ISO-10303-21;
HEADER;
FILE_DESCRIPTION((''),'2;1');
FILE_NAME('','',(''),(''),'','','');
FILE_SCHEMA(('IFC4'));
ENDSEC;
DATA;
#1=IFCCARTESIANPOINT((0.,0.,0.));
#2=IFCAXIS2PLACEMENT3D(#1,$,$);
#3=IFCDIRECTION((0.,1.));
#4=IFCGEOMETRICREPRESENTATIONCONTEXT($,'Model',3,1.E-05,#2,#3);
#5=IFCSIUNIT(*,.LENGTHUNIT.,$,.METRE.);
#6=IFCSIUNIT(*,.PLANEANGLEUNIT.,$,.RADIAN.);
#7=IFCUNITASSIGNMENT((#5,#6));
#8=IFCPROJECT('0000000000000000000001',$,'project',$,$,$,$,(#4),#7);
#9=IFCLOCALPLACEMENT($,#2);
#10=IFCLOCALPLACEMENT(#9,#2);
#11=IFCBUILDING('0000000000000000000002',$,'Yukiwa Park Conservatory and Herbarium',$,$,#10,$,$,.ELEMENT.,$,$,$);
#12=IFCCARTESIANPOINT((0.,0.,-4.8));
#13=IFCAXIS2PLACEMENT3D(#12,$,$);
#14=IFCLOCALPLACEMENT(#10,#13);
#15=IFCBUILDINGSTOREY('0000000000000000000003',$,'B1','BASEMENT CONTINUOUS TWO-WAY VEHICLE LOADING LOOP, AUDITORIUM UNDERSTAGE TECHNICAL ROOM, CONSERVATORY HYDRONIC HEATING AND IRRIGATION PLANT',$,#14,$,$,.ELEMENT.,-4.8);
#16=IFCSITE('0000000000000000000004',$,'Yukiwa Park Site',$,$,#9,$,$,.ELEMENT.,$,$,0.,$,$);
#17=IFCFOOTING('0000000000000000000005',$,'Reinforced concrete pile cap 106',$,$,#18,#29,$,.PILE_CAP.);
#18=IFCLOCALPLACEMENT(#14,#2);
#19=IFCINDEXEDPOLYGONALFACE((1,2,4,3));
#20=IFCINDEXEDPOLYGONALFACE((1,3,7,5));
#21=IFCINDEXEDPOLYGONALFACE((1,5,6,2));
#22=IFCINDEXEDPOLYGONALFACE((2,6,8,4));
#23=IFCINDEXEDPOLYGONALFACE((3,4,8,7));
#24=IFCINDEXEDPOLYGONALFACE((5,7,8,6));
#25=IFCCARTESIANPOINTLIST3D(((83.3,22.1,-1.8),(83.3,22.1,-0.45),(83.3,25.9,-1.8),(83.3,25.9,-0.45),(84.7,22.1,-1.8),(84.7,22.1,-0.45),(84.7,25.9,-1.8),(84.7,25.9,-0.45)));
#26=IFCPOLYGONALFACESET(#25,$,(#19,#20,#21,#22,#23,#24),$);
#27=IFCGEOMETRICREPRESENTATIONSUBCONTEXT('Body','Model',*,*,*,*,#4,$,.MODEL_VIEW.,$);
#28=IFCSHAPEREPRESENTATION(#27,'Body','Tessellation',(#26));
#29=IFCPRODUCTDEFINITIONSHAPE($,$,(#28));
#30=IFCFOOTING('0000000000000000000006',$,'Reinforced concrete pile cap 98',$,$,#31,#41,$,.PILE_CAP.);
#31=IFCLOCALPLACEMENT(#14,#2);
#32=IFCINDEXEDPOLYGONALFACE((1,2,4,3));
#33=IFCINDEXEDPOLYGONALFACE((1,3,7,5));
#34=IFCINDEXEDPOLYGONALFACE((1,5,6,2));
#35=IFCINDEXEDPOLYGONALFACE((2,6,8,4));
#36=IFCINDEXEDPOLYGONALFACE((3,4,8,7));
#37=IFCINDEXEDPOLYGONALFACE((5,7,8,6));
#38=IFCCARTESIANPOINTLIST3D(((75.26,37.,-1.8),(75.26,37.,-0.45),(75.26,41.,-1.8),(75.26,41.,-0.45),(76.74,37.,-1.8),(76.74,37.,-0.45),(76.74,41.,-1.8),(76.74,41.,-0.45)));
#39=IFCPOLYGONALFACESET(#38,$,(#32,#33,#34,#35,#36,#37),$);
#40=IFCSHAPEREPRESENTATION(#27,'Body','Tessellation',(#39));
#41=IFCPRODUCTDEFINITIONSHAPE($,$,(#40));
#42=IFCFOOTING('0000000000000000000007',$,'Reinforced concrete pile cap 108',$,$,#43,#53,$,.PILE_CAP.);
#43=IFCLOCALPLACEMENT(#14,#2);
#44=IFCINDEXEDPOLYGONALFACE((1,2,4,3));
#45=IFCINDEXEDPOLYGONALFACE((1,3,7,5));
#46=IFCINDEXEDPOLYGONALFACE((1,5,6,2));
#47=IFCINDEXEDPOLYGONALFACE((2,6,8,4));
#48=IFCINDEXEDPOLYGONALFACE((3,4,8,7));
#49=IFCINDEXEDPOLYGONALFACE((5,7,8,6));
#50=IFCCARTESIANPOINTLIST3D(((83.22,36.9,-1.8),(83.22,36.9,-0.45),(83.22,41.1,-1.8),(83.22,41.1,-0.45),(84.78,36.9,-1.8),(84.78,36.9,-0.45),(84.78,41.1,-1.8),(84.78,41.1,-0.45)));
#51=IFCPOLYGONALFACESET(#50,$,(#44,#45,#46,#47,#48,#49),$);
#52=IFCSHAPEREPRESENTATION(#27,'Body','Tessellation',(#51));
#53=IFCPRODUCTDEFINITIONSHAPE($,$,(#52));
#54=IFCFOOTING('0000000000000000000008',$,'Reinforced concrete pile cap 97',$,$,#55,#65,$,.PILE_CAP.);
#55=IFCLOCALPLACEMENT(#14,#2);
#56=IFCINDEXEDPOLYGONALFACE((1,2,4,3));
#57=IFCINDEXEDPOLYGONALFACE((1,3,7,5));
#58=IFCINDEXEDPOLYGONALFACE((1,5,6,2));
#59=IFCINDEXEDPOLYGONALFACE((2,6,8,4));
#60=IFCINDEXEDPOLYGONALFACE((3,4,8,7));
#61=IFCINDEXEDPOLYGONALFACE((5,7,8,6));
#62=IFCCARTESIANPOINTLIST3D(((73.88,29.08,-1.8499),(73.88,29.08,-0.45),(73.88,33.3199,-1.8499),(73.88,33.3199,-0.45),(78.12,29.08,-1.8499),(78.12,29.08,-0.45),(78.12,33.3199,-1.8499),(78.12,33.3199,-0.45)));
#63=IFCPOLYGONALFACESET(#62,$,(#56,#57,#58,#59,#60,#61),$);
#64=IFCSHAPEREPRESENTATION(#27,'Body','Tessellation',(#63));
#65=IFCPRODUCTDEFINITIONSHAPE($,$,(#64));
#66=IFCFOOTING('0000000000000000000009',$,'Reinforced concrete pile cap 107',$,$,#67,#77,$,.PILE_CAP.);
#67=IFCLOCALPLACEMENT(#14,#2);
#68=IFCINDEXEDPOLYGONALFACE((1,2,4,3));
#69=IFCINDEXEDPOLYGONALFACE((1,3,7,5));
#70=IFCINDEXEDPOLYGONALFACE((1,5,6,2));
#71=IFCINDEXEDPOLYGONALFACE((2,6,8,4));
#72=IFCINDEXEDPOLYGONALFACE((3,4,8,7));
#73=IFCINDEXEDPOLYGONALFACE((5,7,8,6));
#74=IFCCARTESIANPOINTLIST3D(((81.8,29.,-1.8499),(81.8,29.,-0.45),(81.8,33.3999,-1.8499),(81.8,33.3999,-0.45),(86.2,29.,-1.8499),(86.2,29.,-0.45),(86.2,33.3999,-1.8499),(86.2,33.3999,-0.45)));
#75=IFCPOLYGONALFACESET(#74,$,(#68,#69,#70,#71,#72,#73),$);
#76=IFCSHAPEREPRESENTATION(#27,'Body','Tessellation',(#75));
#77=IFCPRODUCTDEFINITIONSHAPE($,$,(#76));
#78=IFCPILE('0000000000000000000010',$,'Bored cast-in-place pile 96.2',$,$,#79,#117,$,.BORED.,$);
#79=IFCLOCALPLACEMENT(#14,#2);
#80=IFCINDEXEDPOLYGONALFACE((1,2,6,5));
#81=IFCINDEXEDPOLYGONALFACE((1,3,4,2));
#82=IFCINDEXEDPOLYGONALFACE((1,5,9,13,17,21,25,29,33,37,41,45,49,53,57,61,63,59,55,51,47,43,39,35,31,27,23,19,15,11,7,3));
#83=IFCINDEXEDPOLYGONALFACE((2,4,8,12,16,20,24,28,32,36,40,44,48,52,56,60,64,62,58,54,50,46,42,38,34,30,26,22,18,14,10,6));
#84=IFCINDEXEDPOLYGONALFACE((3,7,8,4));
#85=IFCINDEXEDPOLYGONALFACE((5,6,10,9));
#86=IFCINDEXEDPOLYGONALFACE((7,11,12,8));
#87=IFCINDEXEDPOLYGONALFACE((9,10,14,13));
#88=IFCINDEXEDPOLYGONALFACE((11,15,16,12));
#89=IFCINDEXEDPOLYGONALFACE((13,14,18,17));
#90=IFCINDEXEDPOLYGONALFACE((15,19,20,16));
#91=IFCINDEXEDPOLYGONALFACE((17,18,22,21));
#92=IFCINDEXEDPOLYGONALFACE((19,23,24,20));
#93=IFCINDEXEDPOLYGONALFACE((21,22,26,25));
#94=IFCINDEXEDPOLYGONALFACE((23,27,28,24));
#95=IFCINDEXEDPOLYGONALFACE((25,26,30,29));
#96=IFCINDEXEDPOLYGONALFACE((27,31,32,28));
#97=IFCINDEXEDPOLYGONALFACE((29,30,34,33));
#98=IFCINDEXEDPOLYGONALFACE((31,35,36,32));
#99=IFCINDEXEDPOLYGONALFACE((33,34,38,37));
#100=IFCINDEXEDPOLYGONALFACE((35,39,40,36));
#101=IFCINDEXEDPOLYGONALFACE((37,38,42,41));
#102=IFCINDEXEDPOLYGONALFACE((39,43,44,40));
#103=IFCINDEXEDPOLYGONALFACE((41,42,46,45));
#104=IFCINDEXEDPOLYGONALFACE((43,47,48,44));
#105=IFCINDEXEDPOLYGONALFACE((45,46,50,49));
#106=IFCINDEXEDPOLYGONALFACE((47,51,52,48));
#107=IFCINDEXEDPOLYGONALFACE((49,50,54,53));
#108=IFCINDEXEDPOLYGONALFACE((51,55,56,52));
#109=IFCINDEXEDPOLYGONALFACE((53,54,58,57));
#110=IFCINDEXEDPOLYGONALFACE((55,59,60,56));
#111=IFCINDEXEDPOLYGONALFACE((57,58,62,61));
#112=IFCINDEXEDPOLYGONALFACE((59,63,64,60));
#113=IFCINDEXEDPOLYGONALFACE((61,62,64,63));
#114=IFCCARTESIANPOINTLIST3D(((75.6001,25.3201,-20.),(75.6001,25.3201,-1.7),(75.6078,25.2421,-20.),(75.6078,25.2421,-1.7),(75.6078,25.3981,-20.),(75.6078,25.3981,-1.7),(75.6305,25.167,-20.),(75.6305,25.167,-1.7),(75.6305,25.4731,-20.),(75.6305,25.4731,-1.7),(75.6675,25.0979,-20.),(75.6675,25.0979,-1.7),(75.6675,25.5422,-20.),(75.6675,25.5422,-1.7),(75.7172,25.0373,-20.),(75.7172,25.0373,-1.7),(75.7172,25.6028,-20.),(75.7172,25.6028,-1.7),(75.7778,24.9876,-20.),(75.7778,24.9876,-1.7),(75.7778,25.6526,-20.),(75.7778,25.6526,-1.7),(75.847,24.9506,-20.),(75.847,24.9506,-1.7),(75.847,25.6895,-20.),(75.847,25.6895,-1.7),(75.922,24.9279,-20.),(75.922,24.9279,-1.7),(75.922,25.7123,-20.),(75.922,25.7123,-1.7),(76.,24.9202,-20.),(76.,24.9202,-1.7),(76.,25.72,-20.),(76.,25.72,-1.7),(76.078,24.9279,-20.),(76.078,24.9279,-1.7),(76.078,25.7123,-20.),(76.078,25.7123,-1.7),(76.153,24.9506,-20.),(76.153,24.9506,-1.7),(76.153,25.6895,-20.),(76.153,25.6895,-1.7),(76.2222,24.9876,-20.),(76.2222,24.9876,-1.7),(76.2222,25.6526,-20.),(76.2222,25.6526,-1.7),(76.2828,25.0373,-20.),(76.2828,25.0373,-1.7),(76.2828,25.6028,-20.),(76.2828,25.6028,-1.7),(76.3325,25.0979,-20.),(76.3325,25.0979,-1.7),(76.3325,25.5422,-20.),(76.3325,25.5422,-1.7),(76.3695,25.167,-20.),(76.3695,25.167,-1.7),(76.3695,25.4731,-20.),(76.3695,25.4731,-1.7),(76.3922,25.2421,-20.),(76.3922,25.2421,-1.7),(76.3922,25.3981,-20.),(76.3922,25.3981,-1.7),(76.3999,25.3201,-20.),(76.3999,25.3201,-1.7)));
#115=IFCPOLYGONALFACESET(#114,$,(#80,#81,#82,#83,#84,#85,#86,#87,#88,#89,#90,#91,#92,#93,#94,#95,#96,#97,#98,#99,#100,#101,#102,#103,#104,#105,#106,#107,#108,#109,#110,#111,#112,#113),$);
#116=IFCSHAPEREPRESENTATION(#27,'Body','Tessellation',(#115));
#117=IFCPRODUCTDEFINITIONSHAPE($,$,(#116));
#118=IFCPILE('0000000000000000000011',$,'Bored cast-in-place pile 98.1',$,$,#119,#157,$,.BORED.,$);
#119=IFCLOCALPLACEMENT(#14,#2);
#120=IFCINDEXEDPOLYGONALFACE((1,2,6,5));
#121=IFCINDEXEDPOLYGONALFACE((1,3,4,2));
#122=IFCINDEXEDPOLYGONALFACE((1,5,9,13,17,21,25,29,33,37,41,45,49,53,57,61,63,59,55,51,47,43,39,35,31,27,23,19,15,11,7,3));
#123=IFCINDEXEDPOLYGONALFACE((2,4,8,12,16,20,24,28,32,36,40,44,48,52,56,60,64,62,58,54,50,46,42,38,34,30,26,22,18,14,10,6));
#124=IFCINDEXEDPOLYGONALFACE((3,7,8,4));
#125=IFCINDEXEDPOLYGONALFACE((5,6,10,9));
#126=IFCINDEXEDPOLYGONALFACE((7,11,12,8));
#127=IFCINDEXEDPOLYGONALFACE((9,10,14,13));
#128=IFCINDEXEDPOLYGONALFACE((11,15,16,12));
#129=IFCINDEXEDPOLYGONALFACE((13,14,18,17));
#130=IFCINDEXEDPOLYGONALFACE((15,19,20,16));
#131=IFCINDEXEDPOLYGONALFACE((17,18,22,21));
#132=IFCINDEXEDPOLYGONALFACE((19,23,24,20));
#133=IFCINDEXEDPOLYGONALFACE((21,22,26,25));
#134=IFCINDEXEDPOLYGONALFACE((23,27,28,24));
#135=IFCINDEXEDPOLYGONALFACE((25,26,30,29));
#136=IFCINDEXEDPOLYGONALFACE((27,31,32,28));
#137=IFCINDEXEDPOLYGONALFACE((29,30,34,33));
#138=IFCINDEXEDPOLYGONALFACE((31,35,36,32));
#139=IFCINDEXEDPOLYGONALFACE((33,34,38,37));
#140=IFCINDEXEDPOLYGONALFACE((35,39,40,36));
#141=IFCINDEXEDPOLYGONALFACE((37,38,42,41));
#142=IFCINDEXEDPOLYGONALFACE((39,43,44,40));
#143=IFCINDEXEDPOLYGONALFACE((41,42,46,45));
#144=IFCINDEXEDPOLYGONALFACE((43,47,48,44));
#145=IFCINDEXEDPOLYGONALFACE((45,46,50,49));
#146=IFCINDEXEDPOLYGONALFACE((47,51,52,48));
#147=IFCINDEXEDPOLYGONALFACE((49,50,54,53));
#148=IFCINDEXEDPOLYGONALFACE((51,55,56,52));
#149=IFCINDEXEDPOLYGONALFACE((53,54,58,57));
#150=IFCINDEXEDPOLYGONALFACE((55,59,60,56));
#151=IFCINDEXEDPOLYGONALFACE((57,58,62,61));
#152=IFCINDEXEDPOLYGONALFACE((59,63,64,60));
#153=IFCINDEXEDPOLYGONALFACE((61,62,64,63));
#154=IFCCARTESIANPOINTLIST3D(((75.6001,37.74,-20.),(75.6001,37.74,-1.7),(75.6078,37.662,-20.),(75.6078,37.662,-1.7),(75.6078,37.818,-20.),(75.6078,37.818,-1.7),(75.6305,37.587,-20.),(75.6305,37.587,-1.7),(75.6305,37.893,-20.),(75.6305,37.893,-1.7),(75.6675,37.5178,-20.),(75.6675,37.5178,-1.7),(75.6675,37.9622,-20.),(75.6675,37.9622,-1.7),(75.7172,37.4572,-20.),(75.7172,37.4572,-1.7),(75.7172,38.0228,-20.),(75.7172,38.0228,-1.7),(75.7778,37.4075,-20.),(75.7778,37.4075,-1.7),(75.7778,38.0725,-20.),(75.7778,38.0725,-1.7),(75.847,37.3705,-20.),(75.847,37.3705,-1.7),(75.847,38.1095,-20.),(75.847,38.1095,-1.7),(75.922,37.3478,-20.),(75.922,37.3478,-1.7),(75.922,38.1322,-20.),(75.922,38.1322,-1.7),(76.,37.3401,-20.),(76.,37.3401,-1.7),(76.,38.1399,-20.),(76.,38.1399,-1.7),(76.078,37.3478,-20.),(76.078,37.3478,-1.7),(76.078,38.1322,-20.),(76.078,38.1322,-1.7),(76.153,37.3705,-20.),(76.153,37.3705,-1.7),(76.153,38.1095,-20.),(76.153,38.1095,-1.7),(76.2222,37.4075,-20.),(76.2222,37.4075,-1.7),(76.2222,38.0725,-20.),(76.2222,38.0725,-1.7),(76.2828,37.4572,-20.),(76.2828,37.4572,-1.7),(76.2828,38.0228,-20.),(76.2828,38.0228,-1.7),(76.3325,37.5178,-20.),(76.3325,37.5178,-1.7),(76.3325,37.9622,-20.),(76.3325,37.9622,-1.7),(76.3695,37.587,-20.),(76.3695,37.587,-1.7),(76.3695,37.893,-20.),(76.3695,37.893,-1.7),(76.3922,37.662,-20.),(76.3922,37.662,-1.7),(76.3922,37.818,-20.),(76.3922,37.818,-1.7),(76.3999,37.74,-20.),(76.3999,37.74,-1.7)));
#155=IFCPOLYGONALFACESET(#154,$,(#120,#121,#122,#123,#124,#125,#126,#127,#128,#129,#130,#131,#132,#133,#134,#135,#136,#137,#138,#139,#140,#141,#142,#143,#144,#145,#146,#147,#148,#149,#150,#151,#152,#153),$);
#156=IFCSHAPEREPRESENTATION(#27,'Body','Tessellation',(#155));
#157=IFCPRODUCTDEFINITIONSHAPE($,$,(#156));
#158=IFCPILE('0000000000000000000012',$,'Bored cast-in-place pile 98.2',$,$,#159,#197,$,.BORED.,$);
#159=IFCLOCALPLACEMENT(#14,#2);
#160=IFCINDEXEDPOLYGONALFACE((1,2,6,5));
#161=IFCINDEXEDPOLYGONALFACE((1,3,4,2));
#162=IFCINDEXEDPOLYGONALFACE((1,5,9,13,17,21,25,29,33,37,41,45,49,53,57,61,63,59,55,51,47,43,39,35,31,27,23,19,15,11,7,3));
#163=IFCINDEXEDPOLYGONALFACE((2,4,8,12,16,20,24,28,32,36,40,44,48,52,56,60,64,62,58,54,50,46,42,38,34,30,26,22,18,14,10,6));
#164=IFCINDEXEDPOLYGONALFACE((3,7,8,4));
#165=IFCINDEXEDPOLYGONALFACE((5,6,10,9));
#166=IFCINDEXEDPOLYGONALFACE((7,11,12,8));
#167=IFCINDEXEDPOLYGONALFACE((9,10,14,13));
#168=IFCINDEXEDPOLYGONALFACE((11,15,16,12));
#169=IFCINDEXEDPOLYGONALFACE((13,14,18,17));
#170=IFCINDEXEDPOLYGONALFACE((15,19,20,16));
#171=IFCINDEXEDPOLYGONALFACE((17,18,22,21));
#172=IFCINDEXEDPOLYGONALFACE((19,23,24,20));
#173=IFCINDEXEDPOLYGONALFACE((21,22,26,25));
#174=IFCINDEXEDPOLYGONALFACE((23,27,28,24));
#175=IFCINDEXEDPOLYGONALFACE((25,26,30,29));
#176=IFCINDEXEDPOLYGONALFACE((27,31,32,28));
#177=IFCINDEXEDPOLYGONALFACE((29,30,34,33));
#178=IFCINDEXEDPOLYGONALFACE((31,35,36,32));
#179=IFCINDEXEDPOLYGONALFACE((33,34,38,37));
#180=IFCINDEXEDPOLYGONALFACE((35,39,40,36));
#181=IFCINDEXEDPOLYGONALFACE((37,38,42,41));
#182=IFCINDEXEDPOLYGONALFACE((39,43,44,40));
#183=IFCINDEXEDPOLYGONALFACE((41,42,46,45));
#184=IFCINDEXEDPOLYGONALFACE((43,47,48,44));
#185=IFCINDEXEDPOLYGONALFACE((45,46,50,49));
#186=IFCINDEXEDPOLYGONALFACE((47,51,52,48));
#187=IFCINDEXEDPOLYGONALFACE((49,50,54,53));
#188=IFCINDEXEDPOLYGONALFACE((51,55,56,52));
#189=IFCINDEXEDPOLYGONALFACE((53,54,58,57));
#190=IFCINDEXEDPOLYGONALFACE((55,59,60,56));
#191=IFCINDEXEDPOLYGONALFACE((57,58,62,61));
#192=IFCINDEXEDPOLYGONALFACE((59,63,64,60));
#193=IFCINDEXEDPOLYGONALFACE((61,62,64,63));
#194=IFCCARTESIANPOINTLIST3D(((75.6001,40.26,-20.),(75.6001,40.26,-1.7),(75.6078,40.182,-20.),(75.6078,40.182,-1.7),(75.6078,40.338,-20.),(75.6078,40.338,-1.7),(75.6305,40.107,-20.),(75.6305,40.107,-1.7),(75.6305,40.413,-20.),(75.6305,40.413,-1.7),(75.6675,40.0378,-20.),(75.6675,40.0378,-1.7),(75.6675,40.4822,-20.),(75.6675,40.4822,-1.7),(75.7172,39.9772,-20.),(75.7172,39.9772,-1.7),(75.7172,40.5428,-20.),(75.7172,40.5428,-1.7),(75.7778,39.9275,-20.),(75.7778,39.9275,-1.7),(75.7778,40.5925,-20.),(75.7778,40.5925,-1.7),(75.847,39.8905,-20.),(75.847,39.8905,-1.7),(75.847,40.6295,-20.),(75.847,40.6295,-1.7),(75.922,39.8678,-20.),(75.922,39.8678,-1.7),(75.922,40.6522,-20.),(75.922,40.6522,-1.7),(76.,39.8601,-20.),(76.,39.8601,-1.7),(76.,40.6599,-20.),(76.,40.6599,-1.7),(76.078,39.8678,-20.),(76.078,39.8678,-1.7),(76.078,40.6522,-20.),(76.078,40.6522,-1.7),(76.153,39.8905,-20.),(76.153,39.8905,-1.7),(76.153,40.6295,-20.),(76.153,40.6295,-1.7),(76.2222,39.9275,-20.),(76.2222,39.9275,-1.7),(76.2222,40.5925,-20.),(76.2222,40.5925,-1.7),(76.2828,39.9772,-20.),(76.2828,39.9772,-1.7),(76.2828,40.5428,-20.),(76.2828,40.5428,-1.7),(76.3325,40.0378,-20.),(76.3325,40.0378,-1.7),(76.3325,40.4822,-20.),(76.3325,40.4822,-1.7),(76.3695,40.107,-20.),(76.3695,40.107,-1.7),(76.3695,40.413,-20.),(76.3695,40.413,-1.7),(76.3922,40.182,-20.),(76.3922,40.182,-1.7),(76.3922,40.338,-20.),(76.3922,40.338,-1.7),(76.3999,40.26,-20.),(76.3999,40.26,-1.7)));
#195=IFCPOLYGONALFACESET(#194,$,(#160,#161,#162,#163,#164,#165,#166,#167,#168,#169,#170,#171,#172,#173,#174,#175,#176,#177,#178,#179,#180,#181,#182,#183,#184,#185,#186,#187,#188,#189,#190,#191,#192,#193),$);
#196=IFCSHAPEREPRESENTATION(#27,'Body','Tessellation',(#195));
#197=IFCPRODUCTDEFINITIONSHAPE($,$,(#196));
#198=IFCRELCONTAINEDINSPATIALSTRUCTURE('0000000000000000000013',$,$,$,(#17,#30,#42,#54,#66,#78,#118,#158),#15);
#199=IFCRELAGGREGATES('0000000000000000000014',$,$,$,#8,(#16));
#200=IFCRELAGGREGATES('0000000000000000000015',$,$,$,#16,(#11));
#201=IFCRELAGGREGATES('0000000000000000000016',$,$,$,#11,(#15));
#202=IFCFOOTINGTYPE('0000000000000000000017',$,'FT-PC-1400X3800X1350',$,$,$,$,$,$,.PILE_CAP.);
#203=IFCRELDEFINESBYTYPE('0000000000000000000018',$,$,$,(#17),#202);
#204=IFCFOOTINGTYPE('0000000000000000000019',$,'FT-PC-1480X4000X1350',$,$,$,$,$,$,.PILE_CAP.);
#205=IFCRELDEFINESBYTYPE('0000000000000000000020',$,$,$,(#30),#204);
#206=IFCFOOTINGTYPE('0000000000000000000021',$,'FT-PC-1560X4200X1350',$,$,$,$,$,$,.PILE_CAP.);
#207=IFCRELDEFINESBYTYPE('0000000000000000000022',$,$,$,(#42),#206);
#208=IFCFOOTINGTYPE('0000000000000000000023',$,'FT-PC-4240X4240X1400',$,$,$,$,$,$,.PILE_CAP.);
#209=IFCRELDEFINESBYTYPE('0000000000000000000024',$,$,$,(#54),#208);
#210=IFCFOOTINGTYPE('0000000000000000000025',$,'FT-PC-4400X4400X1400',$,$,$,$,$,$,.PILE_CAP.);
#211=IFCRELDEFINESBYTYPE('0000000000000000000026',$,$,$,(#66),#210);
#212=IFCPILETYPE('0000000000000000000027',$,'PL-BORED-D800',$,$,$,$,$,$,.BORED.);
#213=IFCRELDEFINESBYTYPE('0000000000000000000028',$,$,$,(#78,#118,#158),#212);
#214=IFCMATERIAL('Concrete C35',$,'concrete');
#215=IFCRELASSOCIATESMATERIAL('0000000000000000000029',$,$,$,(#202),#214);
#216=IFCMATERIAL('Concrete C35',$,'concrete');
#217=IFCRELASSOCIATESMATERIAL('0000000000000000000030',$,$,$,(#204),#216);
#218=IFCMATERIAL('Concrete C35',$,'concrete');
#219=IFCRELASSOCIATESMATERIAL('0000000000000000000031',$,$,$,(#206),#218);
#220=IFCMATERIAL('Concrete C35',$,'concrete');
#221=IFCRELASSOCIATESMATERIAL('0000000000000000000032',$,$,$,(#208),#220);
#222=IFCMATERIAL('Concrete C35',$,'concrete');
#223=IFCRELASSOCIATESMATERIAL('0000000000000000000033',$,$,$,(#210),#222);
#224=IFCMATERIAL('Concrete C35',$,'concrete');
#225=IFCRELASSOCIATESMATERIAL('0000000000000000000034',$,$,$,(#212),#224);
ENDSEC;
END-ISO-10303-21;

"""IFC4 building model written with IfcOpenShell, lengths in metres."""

from ifc_helpers import new_model, si_unit, direction, frame, origin, origin_2d, place, context, subcontext, project, spatial, rectangle, circle, extrude, material, material_profile, profile_set, type_object, element, save


model = new_model("IFC4")

# Units and contexts
model_context = context("Model", 3, precision=1e-05, world=origin(), true_north=direction((0.0, 1.0)))
body_context = subcontext(model_context, "Body", "Model", "MODEL_VIEW")
ifc_project = project(units=[si_unit("LENGTHUNIT", "METRE"), si_unit("PLANEANGLEUNIT", "RADIAN")], contexts=[model_context])

# Site, building, storey
site_placement = place(None, origin())
site = spatial("IfcSite", under=ifc_project, at=site_placement, Name="Yukiwa Park Site", CompositionType="ELEMENT", RefElevation=0.0)
building_placement = place(site_placement, origin())
building = spatial("IfcBuilding", under=site, at=building_placement, Name="Yukiwa Park Conservatory and Herbarium", CompositionType="ELEMENT")
storey_placement = place(building_placement, frame((0.0, 0.0, -4.8)))
storey = spatial("IfcBuildingStorey", under=building, at=storey_placement, Name="B1", Description="BASEMENT CONTINUOUS TWO-WAY VEHICLE LOADING LOOP, AUDITORIUM UNDERSTAGE TECHNICAL ROOM, CONSERVATORY HYDRONIC HEATING AND IRRIGATION PLANT", CompositionType="ELEMENT", Elevation=-4.8)

# Footings
ifc_material_1 = material(Name="Concrete C35", Category="concrete")
footing_type_1 = type_object("IfcFootingType", Name="FT-PC-1400X3800X1350", PredefinedType="PILE_CAP", material=ifc_material_1)
footing_1_placement = place(storey_placement, frame((84.0, 24.0, -1.8), z_axis=(0.0, 0.0, 1.0), x_axis=(1.0, 0.0, 0.0)))
element("IfcFooting", 1, at=footing_1_placement, inside=storey, type_object=footing_type_1, Name="Reinforced concrete pile cap 106", PredefinedType="PILE_CAP", context=body_context, shape_type="SweptSolid", body=[
    extrude(rectangle(XDim=1.3999, YDim=3.8, at=origin_2d()), origin(), (0.0, 0.0, 1.0), 1.3501),
])
ifc_material_2 = material(Name="Concrete C35", Category="concrete")
footing_type_2 = type_object("IfcFootingType", Name="FT-PC-1480X4000X1350", PredefinedType="PILE_CAP", material=ifc_material_2)
footing_2_placement = place(storey_placement, frame((76.0, 39.0, -1.8), z_axis=(0.0, 0.0, 1.0), x_axis=(1.0, 0.0, 0.0)))
element("IfcFooting", 2, at=footing_2_placement, inside=storey, type_object=footing_type_2, Name="Reinforced concrete pile cap 98", PredefinedType="PILE_CAP", context=body_context, shape_type="SweptSolid", body=[
    extrude(rectangle(XDim=1.48, YDim=4.0, at=origin_2d()), origin(), (0.0, 0.0, 1.0), 1.3501),
])
ifc_material_3 = material(Name="Concrete C35", Category="concrete")
footing_type_3 = type_object("IfcFootingType", Name="FT-PC-1560X4200X1350", PredefinedType="PILE_CAP", material=ifc_material_3)
footing_3_placement = place(storey_placement, frame((84.0, 39.0, -1.8), z_axis=(0.0, 0.0, 1.0), x_axis=(1.0, 0.0, 0.0)))
element("IfcFooting", 3, at=footing_3_placement, inside=storey, type_object=footing_type_3, Name="Reinforced concrete pile cap 108", PredefinedType="PILE_CAP", context=body_context, shape_type="SweptSolid", body=[
    extrude(rectangle(XDim=1.5601, YDim=4.2, at=origin_2d()), origin(), (0.0, 0.0, 1.0), 1.3501),
])
ifc_material_4 = material(Name="Concrete C35", Category="concrete")
footing_type_4 = type_object("IfcFootingType", Name="FT-PC-4240X4240X1400", PredefinedType="PILE_CAP", material=ifc_material_4)
footing_4_placement = place(storey_placement, frame((76.0, 31.2, -1.8499), z_axis=(0.0, 0.0, 1.0), x_axis=(1.0, 0.0, 0.0)))
element("IfcFooting", 4, at=footing_4_placement, inside=storey, type_object=footing_type_4, Name="Reinforced concrete pile cap 97", PredefinedType="PILE_CAP", context=body_context, shape_type="SweptSolid", body=[
    extrude(rectangle(XDim=4.24, YDim=4.24, at=origin_2d()), origin(), (0.0, 0.0, 1.0), 1.3999),
])
ifc_material_5 = material(Name="Concrete C35", Category="concrete")
footing_type_5 = type_object("IfcFootingType", Name="FT-PC-4400X4400X1400", PredefinedType="PILE_CAP", material=ifc_material_5)
footing_5_placement = place(storey_placement, frame((84.0, 31.2, -1.8499), z_axis=(0.0, 0.0, 1.0), x_axis=(1.0, 0.0, 0.0)))
element("IfcFooting", 5, at=footing_5_placement, inside=storey, type_object=footing_type_5, Name="Reinforced concrete pile cap 107", PredefinedType="PILE_CAP", context=body_context, shape_type="SweptSolid", body=[
    extrude(rectangle(XDim=4.3999, YDim=4.3999, at=origin_2d()), origin(), (0.0, 0.0, 1.0), 1.3999),
])

# Piles
ifc_material_6 = material(Name="Concrete C35", Category="concrete")
ifc_material_profile_1 = material_profile(ifc_material_6, circle(Radius=0.3999, at=origin_2d()), Name="PILE D800")
ifc_profile_set_1 = profile_set([ifc_material_profile_1], Name="Concrete C35")
pile_type_1 = type_object("IfcPileType", Name="PL-BORED-D800", PredefinedType="BORED", material=ifc_profile_set_1)
for number, where, z_axis, x_axis, name in (
    (6, (76.0, 25.3201, -1.7), (0.0, 0.0, -1.0), (1.0, 0.0, 0.0), "Bored cast-in-place pile 96.2"),
    (7, (76.0, 37.74, -1.7), (0.0, 0.0, -1.0), (1.0, 0.0, 0.0), "Bored cast-in-place pile 98.1"),
    (8, (76.0, 40.26, -1.7), (0.0, 0.0, -1.0), (1.0, 0.0, 0.0), "Bored cast-in-place pile 98.2"),
):
    element("IfcPile", number, at=place(storey_placement, frame(where, z_axis=z_axis, x_axis=x_axis)), inside=storey, type_object=pile_type_1, Name=name, PredefinedType="BORED", context=body_context, shape_type="SweptSolid", body=[
        extrude(circle(Radius=0.3999, at=origin_2d()), origin(), (0.0, 0.0, 1.0), 18.3),
    ])

save(model, "model.ifc")
